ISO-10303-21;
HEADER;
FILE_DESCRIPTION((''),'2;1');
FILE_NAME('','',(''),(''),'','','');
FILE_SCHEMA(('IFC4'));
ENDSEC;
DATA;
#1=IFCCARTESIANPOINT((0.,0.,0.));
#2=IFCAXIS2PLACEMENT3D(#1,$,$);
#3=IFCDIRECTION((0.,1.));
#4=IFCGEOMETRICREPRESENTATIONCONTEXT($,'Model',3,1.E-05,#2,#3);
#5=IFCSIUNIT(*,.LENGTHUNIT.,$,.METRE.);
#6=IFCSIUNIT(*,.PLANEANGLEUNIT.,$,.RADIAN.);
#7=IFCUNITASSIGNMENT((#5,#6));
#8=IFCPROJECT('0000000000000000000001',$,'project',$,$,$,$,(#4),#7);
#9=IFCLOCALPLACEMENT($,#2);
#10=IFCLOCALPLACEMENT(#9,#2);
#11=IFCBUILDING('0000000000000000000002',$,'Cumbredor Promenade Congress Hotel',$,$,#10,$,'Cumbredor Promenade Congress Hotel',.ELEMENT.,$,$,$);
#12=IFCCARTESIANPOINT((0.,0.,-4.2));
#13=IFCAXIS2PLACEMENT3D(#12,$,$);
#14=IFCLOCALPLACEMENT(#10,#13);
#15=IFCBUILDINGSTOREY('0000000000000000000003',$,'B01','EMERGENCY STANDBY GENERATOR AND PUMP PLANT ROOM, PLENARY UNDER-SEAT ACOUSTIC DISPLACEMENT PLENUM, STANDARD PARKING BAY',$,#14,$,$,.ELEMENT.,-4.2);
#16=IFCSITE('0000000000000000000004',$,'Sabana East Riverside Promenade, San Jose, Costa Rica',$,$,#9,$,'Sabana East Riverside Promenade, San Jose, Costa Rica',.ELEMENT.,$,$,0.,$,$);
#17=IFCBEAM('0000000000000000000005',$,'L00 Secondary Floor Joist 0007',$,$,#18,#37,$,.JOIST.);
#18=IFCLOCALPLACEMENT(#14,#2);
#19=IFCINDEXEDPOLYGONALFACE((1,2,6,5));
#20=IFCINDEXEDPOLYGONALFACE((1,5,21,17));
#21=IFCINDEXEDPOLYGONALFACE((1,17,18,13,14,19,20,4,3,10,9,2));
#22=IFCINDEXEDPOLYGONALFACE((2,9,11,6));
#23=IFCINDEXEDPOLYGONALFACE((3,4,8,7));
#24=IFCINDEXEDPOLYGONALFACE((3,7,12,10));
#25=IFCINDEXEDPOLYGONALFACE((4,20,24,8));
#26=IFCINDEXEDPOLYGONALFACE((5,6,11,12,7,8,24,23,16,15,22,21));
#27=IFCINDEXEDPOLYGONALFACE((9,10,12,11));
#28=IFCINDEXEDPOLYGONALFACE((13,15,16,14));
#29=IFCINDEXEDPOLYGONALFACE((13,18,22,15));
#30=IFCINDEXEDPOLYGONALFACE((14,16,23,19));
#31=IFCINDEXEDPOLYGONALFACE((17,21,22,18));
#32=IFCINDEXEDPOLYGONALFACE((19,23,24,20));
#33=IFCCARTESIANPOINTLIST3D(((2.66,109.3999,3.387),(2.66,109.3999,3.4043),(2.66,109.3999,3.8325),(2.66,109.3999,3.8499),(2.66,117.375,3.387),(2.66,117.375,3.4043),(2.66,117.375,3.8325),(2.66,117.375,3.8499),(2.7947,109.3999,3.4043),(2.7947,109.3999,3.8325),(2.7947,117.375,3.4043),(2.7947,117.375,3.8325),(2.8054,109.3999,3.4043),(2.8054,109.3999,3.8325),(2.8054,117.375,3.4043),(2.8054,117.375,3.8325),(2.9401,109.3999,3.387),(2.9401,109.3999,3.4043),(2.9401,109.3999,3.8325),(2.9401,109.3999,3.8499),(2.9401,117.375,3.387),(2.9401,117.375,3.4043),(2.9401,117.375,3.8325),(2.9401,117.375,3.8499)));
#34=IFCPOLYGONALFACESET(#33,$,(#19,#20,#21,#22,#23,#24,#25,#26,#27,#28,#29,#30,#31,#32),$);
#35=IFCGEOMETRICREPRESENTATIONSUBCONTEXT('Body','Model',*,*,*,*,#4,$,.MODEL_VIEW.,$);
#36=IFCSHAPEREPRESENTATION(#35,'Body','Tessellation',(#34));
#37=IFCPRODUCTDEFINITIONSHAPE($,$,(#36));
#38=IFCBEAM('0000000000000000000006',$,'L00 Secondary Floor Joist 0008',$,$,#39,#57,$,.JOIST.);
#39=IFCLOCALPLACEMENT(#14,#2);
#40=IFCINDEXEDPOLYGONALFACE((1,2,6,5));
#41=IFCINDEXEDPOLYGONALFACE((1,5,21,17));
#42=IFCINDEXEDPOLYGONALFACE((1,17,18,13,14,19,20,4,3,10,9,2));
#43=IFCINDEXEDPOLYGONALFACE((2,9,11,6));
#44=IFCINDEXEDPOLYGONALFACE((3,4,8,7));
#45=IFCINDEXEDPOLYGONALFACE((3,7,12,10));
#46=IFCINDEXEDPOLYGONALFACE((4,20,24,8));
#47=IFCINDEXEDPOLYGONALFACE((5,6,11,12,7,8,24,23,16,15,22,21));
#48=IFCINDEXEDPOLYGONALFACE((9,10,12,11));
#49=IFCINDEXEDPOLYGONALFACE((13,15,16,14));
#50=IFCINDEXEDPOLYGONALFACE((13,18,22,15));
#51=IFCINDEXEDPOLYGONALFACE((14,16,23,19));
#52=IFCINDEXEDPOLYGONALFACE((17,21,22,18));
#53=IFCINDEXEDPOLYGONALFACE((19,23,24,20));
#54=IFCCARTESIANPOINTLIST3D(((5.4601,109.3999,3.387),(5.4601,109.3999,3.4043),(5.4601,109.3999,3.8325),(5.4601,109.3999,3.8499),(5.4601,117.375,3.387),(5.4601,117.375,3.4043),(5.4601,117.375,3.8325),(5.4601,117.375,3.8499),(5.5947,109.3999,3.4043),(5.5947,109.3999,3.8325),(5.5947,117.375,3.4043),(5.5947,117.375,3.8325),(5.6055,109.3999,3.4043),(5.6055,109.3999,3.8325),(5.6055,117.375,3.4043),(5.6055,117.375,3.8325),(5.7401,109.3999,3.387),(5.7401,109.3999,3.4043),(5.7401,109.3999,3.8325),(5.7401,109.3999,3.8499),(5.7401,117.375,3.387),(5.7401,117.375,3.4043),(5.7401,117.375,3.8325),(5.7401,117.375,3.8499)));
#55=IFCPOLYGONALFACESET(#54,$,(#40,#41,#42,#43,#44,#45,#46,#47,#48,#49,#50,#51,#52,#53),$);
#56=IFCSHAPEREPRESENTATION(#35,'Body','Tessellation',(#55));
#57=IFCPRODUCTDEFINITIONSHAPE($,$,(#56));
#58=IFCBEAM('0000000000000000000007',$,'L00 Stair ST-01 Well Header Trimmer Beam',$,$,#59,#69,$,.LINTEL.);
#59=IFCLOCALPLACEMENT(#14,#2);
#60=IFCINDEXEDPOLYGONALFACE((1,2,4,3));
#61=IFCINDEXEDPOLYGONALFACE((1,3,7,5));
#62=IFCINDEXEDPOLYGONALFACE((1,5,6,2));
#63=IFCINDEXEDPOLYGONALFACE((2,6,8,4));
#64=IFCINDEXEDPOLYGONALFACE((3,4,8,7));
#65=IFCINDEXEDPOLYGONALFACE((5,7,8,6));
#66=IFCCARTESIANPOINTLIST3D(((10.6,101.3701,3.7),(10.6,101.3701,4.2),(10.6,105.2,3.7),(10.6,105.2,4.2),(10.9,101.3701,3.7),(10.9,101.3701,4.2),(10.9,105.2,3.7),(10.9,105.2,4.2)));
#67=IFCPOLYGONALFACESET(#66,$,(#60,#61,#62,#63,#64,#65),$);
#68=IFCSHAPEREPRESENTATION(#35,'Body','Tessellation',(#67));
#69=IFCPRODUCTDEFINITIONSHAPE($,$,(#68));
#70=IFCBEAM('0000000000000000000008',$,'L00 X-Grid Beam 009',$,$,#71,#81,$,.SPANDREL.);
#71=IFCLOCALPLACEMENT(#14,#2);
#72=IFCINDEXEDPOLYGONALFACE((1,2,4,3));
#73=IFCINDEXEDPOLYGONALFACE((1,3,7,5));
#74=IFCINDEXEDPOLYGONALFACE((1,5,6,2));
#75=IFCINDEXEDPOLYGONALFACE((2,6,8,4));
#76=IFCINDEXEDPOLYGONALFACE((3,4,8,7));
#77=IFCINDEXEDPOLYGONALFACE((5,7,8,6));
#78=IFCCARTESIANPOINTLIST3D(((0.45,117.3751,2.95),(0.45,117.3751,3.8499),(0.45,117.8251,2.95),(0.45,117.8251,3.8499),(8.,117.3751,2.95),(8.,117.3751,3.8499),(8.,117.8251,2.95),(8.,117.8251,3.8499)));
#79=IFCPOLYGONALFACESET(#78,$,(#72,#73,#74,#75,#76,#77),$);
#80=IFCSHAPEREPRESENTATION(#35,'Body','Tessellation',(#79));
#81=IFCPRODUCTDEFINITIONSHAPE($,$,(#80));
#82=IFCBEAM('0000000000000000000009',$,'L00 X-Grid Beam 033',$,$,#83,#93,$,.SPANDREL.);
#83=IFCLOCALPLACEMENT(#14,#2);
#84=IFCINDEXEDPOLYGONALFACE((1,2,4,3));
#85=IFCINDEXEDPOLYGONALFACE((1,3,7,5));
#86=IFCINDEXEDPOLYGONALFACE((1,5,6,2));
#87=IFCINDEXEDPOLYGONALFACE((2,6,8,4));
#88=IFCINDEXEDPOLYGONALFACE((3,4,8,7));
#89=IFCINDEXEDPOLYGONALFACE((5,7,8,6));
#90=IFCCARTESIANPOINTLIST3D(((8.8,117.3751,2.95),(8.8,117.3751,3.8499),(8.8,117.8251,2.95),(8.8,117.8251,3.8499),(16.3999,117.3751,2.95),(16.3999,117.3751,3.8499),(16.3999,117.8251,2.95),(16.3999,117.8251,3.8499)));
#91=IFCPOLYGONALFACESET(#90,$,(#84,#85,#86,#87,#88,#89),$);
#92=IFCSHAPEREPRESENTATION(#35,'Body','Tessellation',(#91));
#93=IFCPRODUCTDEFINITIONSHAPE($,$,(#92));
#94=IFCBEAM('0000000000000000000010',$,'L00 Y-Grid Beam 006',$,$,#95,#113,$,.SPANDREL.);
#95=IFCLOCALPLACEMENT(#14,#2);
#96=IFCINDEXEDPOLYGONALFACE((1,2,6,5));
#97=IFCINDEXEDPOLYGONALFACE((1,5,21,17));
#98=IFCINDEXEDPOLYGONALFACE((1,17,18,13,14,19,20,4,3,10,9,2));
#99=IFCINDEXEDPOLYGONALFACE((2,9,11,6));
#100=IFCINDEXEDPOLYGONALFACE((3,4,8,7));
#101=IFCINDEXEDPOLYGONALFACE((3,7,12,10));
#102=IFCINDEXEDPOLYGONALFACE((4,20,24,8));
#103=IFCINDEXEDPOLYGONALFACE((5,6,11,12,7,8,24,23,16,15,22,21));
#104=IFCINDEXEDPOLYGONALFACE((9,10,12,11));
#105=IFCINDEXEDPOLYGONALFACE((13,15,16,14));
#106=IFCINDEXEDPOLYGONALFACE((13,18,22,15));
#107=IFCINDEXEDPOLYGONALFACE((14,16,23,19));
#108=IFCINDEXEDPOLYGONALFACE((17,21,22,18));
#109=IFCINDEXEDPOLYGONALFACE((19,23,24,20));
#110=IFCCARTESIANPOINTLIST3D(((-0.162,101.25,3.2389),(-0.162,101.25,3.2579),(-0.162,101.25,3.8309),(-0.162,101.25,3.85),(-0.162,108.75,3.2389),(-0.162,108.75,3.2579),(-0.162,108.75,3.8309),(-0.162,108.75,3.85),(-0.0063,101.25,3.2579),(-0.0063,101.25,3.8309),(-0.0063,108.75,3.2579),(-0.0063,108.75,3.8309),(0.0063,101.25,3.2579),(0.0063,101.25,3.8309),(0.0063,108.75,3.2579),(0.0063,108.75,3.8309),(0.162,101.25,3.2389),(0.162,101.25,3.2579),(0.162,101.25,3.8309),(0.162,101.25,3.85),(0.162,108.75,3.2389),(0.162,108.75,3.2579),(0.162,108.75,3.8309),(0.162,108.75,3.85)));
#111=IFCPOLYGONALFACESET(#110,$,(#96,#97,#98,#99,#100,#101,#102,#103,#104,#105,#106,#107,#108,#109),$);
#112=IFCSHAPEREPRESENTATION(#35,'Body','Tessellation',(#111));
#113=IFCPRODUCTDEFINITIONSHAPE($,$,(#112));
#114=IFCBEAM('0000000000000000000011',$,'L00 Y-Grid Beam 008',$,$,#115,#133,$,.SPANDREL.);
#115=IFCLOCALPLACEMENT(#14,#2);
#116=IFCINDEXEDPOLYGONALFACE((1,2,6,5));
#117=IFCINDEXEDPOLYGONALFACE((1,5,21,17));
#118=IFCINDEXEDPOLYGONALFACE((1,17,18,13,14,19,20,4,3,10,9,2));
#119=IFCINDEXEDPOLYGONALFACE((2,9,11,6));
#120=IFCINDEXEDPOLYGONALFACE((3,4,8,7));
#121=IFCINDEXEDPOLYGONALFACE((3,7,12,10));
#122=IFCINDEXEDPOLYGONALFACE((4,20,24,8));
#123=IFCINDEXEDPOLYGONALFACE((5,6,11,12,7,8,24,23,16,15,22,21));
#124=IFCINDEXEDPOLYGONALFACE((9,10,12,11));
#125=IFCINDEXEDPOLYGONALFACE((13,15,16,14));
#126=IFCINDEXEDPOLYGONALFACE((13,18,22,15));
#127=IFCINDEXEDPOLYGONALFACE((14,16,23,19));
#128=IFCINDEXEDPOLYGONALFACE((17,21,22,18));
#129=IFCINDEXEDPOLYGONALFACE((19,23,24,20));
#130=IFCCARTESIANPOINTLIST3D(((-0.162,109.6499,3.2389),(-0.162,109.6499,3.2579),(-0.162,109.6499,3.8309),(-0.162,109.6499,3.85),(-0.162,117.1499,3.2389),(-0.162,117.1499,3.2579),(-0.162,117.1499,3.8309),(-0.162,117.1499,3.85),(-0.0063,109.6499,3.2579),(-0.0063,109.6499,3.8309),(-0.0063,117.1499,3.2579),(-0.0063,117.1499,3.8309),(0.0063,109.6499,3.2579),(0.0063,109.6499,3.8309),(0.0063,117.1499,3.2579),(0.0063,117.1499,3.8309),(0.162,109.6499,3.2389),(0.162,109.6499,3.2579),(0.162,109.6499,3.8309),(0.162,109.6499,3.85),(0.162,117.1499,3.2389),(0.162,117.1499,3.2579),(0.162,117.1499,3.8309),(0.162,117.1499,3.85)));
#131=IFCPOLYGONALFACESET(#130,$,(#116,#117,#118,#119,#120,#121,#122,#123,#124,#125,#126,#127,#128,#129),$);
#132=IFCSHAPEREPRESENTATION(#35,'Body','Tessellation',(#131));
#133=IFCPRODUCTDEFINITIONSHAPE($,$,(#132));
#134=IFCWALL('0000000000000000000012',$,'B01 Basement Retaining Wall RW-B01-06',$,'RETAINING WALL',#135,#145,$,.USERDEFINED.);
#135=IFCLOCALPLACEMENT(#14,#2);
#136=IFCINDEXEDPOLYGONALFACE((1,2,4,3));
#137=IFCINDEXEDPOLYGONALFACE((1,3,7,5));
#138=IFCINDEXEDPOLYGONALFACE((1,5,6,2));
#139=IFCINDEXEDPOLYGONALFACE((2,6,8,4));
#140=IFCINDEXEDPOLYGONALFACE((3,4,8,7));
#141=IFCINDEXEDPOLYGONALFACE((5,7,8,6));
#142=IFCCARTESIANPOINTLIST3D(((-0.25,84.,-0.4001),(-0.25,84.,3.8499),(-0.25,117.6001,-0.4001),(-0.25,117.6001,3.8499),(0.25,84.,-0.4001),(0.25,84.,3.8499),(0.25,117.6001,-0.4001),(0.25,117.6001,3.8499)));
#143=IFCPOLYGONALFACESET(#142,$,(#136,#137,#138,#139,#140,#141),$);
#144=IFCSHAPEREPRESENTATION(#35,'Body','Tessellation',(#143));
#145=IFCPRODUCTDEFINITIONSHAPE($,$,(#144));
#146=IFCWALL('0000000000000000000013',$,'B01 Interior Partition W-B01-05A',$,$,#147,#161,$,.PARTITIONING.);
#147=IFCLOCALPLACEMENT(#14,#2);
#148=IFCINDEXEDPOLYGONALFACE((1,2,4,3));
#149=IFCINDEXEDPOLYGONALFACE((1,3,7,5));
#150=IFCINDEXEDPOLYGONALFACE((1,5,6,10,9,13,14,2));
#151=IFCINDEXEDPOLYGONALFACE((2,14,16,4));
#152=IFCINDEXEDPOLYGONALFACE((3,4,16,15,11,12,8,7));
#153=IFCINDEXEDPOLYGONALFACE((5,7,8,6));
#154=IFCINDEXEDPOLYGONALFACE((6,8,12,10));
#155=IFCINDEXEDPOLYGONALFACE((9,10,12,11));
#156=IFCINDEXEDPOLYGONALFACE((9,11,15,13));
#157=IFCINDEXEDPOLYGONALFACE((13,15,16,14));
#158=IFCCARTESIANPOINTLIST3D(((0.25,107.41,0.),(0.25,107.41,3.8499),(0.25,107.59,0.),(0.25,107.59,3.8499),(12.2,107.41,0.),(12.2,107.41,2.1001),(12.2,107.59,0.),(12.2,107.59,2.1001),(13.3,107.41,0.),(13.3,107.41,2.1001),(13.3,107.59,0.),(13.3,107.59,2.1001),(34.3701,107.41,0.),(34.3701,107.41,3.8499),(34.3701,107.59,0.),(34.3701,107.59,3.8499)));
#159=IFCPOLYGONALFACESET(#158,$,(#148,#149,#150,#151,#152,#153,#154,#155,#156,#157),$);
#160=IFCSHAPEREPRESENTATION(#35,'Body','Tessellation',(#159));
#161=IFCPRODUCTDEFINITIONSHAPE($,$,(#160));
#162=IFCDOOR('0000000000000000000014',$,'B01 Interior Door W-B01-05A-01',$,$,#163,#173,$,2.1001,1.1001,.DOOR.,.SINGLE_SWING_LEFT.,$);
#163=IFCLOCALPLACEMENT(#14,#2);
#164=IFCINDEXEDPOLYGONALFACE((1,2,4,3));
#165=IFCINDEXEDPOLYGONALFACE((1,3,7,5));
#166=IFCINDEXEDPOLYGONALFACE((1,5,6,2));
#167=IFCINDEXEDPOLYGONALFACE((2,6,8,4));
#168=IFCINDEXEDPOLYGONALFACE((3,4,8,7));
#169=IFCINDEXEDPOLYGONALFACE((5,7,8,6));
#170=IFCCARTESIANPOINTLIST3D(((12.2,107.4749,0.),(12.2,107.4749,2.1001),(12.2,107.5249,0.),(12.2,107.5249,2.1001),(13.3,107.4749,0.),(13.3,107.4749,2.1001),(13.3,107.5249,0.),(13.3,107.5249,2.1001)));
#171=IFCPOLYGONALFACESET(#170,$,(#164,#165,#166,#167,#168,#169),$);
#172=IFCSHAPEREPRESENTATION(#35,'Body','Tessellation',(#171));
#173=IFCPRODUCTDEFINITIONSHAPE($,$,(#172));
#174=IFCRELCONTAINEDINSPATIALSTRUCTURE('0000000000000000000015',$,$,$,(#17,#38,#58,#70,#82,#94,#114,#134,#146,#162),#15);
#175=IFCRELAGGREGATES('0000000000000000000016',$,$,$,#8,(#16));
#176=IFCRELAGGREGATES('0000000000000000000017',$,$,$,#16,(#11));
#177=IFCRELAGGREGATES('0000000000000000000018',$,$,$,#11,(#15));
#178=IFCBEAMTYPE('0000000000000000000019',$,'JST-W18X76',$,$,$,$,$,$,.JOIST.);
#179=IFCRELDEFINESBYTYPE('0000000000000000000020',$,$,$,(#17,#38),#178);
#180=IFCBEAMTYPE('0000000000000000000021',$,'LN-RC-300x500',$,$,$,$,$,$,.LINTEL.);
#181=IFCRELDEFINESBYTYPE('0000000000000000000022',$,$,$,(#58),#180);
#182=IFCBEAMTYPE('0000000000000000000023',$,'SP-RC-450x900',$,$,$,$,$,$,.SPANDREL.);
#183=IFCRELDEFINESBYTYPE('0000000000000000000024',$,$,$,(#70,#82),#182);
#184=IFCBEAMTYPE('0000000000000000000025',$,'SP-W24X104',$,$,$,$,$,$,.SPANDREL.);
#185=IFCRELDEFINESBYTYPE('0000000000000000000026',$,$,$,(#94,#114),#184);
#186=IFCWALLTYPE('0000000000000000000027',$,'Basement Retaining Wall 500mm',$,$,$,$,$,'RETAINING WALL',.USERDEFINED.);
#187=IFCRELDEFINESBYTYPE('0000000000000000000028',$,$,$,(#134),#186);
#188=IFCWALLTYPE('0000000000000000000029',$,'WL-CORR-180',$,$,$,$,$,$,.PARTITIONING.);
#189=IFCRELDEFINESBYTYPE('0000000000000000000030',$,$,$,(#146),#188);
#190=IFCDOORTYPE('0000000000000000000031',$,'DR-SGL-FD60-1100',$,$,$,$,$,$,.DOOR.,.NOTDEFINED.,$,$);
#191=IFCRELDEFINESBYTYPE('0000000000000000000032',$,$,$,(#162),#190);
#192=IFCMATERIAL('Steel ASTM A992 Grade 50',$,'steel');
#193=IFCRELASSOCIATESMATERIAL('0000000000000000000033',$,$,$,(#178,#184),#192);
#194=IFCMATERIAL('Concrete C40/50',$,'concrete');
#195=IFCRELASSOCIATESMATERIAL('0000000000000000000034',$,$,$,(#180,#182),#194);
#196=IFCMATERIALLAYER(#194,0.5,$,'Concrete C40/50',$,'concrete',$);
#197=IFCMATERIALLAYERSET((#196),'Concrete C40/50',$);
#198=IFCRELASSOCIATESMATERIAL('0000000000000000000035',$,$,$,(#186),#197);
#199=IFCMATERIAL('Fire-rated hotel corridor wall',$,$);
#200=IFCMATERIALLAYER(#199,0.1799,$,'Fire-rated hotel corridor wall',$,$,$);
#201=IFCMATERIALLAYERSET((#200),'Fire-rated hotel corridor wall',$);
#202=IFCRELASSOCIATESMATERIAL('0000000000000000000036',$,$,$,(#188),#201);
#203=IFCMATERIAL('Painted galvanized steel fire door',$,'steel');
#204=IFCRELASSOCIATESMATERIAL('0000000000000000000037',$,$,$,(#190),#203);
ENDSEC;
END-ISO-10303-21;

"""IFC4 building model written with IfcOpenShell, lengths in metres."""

from ifc_helpers import new_model, si_unit, direction, frame, frame_2d, origin, origin_2d, place, context, subcontext, project, spatial, rectangle, i_section, extrude, material, layer, layer_set, material_profile, profile_set, type_object, element, fill, save


model = new_model("IFC4")

# Units and contexts
model_context = context("Model", 3, precision=1e-05, world=origin(), true_north=direction((0.0, 1.0)))
body_context = subcontext(model_context, "Body", "Model", "MODEL_VIEW")
ifc_project = project(units=[si_unit("LENGTHUNIT", "METRE"), si_unit("PLANEANGLEUNIT", "RADIAN")], contexts=[model_context])

# Site, building, storey
site_placement = place(None, origin())
site = spatial("IfcSite", under=ifc_project, at=site_placement, Name="Sabana East Riverside Promenade, San Jose, Costa Rica", LongName="Sabana East Riverside Promenade, San Jose, Costa Rica", CompositionType="ELEMENT", RefElevation=0.0)
building_placement = place(site_placement, origin())
building = spatial("IfcBuilding", under=site, at=building_placement, Name="Cumbredor Promenade Congress Hotel", LongName="Cumbredor Promenade Congress Hotel", CompositionType="ELEMENT")
storey_placement = place(building_placement, frame((0.0, 0.0, -4.2)))
storey = spatial("IfcBuildingStorey", under=building, at=storey_placement, Name="B01", Description="EMERGENCY STANDBY GENERATOR AND PUMP PLANT ROOM, PLENARY UNDER-SEAT ACOUSTIC DISPLACEMENT PLENUM, STANDARD PARKING BAY", CompositionType="ELEMENT", Elevation=-4.2)

# Shared definitions
ifc_material_1 = material(Name="Concrete C40/50", Category="concrete")

# Beams
ifc_material_2 = material(Name="Steel ASTM A992 Grade 50", Category="steel")
ifc_material_profile_1 = material_profile(ifc_material_2, i_section(OverallWidth=0.28, OverallDepth=0.4629, WebThickness=0.0107, FlangeThickness=0.0173, at=origin_2d()), Name="W18X76")
ifc_profile_set_1 = profile_set([ifc_material_profile_1], Name="Steel ASTM A992 Grade 50")
beam_type_1 = type_object("IfcBeamType", Name="JST-W18X76", PredefinedType="JOIST", material=ifc_profile_set_1)
for number, where, z_axis, x_axis, name in (
    (1, (2.8, 109.3999, 3.6184), (0.0, 1.0, 0.0), (-1.0, 0.0, 0.0), "L00 Secondary Floor Joist 0007"),
    (2, (5.6001, 109.3999, 3.6184), (0.0, 1.0, 0.0), (-1.0, 0.0, 0.0), "L00 Secondary Floor Joist 0008"),
):
    element("IfcBeam", number, at=place(storey_placement, frame(where, z_axis=z_axis, x_axis=x_axis)), inside=storey, type_object=beam_type_1, Name=name, PredefinedType="JOIST", context=body_context, shape_type="SweptSolid", body=[
        extrude(i_section(OverallWidth=0.28, OverallDepth=0.4629, WebThickness=0.0107, FlangeThickness=0.0173, at=origin_2d()), origin(), (0.0, 0.0, 1.0), 7.9751),
    ])
ifc_material_profile_2 = material_profile(ifc_material_1, rectangle(XDim=0.3, YDim=0.5, at=origin_2d()), Name="RC LINTEL 300x500")
ifc_profile_set_2 = profile_set([ifc_material_profile_2], Name="Concrete C40/50")
beam_type_2 = type_object("IfcBeamType", Name="LN-RC-300x500", PredefinedType="LINTEL", material=ifc_profile_set_2)
beam_1_placement = place(storey_placement, frame((10.75, 101.3701, 3.95), z_axis=(0.0, 1.0, 0.0), x_axis=(-1.0, 0.0, 0.0)))
element("IfcBeam", 3, at=beam_1_placement, inside=storey, type_object=beam_type_2, Name="L00 Stair ST-01 Well Header Trimmer Beam", PredefinedType="LINTEL", context=body_context, shape_type="SweptSolid", body=[
    extrude(rectangle(XDim=0.3, YDim=0.5, at=origin_2d()), origin(), (0.0, 0.0, 1.0), 3.8298),
])
ifc_material_profile_3 = material_profile(ifc_material_1, rectangle(XDim=0.45, YDim=0.8999, at=origin_2d()), Name="RC SPANDREL 450x900")
ifc_profile_set_3 = profile_set([ifc_material_profile_3], Name="Concrete C40/50")
beam_type_3 = type_object("IfcBeamType", Name="SP-RC-450x900", PredefinedType="SPANDREL", material=ifc_profile_set_3)
beam_2_placement = place(storey_placement, frame((0.45, 117.6001, 3.3999), z_axis=(1.0, 0.0, 0.0), x_axis=(0.0, 1.0, 0.0)))
element("IfcBeam", 4, at=beam_2_placement, inside=storey, type_object=beam_type_3, Name="L00 X-Grid Beam 009", PredefinedType="SPANDREL", context=body_context, shape_type="SweptSolid", body=[
    extrude(rectangle(XDim=0.45, YDim=0.8999, at=origin_2d()), origin(), (0.0, 0.0, 1.0), 7.55),
])
beam_3_placement = place(storey_placement, frame((8.8, 117.6001, 3.3999), z_axis=(1.0, 0.0, 0.0), x_axis=(0.0, 1.0, 0.0)))
element("IfcBeam", 5, at=beam_3_placement, inside=storey, type_object=beam_type_3, Name="L00 X-Grid Beam 033", PredefinedType="SPANDREL", context=body_context, shape_type="SweptSolid", body=[
    extrude(rectangle(XDim=0.45, YDim=0.8999, at=origin_2d()), origin(), (0.0, 0.0, 1.0), 7.5999),
])
ifc_material_profile_4 = material_profile(ifc_material_2, i_section(OverallWidth=0.324, OverallDepth=0.6111, WebThickness=0.0127, FlangeThickness=0.019, at=origin_2d()), Name="W24X104")
ifc_profile_set_4 = profile_set([ifc_material_profile_4], Name="Steel ASTM A992 Grade 50")
beam_type_4 = type_object("IfcBeamType", Name="SP-W24X104", PredefinedType="SPANDREL", material=ifc_profile_set_4)
for number, where, z_axis, x_axis, name in (
    (6, (0.0, 101.25, 3.5444), (0.0, 1.0, 0.0), (-1.0, 0.0, 0.0), "L00 Y-Grid Beam 006"),
    (7, (0.0, 109.6499, 3.5444), (0.0, 1.0, 0.0), (-1.0, 0.0, 0.0), "L00 Y-Grid Beam 008"),
):
    element("IfcBeam", number, at=place(storey_placement, frame(where, z_axis=z_axis, x_axis=x_axis)), inside=storey, type_object=beam_type_4, Name=name, PredefinedType="SPANDREL", context=body_context, shape_type="SweptSolid", body=[
        extrude(i_section(OverallWidth=0.324, OverallDepth=0.6111, WebThickness=0.0127, FlangeThickness=0.019, at=origin_2d()), origin(), (0.0, 0.0, 1.0), 7.5),
    ])

# Wall
ifc_layer_1 = layer(ifc_material_1, 0.5, Name="Concrete C40/50", Category="concrete")
ifc_layer_set_1 = layer_set([ifc_layer_1], Name="Concrete C40/50")
wall_type_1 = type_object("IfcWallType", Name="Basement Retaining Wall 500mm", ElementType="RETAINING WALL", PredefinedType="USERDEFINED", material=ifc_layer_set_1)
wall_1_placement = place(storey_placement, frame((0.0, 117.6001, -0.4001), z_axis=(0.0, 0.0, 1.0), x_axis=(0.0, -1.0, 0.0)))
element("IfcWall", 8, at=wall_1_placement, inside=storey, type_object=wall_type_1, Name="B01 Basement Retaining Wall RW-B01-06", ObjectType="RETAINING WALL", PredefinedType="USERDEFINED", context=body_context, shape_type="SweptSolid", body=[
    extrude(rectangle(XDim=33.6001, YDim=0.5, at=frame_2d((16.8, 0.0))), origin(), (0.0, 0.0, 1.0), 4.25),
])

# Wall, opening, door
ifc_material_3 = material(Name="Fire-rated hotel corridor wall")
ifc_layer_2 = layer(ifc_material_3, 0.1799, Name="Fire-rated hotel corridor wall")
ifc_layer_set_2 = layer_set([ifc_layer_2], Name="Fire-rated hotel corridor wall")
wall_type_2 = type_object("IfcWallType", Name="WL-CORR-180", PredefinedType="PARTITIONING", material=ifc_layer_set_2)
wall_2_placement = place(storey_placement, frame((0.25, 107.5, 0.0), z_axis=(0.0, 0.0, 1.0), x_axis=(1.0, 0.0, 0.0)))
wall_2 = element("IfcWall", 9, at=wall_2_placement, inside=storey, type_object=wall_type_2, Name="B01 Interior Partition W-B01-05A", PredefinedType="PARTITIONING", context=body_context, shape_type="SweptSolid", body=[
    extrude(rectangle(XDim=34.1201, YDim=0.1799, at=frame_2d((17.0601, 0.0))), origin(), (0.0, 0.0, 1.0), 3.8499),
])
opening_1_placement = place(wall_2_placement, frame((11.95, 0.0, 0.0)))
opening_1 = element("IfcOpeningElement", 10, at=opening_1_placement, cuts=wall_2, PredefinedType="OPENING", context=body_context, shape_type="SweptSolid", body=[
    extrude(rectangle(XDim=1.1001, YDim=2.1001, at=frame_2d((0.55, 1.05))), frame((0.0, 0.1001, 0.0), z_axis=(0.0, -1.0, 0.0), x_axis=(1.0, 0.0, 0.0)), (0.0, 0.0, 1.0), 0.2),
])
ifc_material_4 = material(Name="Painted galvanized steel fire door", Category="steel")
door_type_1 = type_object("IfcDoorType", Name="DR-SGL-FD60-1100", OperationType="NOTDEFINED", PredefinedType="DOOR", material=ifc_material_4)
door_1_placement = place(opening_1_placement, origin())
door_1 = element("IfcDoor", 11, at=door_1_placement, inside=storey, type_object=door_type_1, Name="B01 Interior Door W-B01-05A-01", OperationType="SINGLE_SWING_LEFT", OverallHeight=2.1001, OverallWidth=1.1001, PredefinedType="DOOR", context=body_context, shape_type="SweptSolid", body=[
    extrude(rectangle(XDim=1.1001, YDim=2.1001, at=frame_2d((0.55, 1.05))), frame((0.0, 0.0249, 0.0), z_axis=(0.0, -1.0, 0.0), x_axis=(1.0, 0.0, 0.0)), (0.0, 0.0, 1.0), 0.05),
])
fill(opening_1, door_1)

save(model, "model.ifc")
